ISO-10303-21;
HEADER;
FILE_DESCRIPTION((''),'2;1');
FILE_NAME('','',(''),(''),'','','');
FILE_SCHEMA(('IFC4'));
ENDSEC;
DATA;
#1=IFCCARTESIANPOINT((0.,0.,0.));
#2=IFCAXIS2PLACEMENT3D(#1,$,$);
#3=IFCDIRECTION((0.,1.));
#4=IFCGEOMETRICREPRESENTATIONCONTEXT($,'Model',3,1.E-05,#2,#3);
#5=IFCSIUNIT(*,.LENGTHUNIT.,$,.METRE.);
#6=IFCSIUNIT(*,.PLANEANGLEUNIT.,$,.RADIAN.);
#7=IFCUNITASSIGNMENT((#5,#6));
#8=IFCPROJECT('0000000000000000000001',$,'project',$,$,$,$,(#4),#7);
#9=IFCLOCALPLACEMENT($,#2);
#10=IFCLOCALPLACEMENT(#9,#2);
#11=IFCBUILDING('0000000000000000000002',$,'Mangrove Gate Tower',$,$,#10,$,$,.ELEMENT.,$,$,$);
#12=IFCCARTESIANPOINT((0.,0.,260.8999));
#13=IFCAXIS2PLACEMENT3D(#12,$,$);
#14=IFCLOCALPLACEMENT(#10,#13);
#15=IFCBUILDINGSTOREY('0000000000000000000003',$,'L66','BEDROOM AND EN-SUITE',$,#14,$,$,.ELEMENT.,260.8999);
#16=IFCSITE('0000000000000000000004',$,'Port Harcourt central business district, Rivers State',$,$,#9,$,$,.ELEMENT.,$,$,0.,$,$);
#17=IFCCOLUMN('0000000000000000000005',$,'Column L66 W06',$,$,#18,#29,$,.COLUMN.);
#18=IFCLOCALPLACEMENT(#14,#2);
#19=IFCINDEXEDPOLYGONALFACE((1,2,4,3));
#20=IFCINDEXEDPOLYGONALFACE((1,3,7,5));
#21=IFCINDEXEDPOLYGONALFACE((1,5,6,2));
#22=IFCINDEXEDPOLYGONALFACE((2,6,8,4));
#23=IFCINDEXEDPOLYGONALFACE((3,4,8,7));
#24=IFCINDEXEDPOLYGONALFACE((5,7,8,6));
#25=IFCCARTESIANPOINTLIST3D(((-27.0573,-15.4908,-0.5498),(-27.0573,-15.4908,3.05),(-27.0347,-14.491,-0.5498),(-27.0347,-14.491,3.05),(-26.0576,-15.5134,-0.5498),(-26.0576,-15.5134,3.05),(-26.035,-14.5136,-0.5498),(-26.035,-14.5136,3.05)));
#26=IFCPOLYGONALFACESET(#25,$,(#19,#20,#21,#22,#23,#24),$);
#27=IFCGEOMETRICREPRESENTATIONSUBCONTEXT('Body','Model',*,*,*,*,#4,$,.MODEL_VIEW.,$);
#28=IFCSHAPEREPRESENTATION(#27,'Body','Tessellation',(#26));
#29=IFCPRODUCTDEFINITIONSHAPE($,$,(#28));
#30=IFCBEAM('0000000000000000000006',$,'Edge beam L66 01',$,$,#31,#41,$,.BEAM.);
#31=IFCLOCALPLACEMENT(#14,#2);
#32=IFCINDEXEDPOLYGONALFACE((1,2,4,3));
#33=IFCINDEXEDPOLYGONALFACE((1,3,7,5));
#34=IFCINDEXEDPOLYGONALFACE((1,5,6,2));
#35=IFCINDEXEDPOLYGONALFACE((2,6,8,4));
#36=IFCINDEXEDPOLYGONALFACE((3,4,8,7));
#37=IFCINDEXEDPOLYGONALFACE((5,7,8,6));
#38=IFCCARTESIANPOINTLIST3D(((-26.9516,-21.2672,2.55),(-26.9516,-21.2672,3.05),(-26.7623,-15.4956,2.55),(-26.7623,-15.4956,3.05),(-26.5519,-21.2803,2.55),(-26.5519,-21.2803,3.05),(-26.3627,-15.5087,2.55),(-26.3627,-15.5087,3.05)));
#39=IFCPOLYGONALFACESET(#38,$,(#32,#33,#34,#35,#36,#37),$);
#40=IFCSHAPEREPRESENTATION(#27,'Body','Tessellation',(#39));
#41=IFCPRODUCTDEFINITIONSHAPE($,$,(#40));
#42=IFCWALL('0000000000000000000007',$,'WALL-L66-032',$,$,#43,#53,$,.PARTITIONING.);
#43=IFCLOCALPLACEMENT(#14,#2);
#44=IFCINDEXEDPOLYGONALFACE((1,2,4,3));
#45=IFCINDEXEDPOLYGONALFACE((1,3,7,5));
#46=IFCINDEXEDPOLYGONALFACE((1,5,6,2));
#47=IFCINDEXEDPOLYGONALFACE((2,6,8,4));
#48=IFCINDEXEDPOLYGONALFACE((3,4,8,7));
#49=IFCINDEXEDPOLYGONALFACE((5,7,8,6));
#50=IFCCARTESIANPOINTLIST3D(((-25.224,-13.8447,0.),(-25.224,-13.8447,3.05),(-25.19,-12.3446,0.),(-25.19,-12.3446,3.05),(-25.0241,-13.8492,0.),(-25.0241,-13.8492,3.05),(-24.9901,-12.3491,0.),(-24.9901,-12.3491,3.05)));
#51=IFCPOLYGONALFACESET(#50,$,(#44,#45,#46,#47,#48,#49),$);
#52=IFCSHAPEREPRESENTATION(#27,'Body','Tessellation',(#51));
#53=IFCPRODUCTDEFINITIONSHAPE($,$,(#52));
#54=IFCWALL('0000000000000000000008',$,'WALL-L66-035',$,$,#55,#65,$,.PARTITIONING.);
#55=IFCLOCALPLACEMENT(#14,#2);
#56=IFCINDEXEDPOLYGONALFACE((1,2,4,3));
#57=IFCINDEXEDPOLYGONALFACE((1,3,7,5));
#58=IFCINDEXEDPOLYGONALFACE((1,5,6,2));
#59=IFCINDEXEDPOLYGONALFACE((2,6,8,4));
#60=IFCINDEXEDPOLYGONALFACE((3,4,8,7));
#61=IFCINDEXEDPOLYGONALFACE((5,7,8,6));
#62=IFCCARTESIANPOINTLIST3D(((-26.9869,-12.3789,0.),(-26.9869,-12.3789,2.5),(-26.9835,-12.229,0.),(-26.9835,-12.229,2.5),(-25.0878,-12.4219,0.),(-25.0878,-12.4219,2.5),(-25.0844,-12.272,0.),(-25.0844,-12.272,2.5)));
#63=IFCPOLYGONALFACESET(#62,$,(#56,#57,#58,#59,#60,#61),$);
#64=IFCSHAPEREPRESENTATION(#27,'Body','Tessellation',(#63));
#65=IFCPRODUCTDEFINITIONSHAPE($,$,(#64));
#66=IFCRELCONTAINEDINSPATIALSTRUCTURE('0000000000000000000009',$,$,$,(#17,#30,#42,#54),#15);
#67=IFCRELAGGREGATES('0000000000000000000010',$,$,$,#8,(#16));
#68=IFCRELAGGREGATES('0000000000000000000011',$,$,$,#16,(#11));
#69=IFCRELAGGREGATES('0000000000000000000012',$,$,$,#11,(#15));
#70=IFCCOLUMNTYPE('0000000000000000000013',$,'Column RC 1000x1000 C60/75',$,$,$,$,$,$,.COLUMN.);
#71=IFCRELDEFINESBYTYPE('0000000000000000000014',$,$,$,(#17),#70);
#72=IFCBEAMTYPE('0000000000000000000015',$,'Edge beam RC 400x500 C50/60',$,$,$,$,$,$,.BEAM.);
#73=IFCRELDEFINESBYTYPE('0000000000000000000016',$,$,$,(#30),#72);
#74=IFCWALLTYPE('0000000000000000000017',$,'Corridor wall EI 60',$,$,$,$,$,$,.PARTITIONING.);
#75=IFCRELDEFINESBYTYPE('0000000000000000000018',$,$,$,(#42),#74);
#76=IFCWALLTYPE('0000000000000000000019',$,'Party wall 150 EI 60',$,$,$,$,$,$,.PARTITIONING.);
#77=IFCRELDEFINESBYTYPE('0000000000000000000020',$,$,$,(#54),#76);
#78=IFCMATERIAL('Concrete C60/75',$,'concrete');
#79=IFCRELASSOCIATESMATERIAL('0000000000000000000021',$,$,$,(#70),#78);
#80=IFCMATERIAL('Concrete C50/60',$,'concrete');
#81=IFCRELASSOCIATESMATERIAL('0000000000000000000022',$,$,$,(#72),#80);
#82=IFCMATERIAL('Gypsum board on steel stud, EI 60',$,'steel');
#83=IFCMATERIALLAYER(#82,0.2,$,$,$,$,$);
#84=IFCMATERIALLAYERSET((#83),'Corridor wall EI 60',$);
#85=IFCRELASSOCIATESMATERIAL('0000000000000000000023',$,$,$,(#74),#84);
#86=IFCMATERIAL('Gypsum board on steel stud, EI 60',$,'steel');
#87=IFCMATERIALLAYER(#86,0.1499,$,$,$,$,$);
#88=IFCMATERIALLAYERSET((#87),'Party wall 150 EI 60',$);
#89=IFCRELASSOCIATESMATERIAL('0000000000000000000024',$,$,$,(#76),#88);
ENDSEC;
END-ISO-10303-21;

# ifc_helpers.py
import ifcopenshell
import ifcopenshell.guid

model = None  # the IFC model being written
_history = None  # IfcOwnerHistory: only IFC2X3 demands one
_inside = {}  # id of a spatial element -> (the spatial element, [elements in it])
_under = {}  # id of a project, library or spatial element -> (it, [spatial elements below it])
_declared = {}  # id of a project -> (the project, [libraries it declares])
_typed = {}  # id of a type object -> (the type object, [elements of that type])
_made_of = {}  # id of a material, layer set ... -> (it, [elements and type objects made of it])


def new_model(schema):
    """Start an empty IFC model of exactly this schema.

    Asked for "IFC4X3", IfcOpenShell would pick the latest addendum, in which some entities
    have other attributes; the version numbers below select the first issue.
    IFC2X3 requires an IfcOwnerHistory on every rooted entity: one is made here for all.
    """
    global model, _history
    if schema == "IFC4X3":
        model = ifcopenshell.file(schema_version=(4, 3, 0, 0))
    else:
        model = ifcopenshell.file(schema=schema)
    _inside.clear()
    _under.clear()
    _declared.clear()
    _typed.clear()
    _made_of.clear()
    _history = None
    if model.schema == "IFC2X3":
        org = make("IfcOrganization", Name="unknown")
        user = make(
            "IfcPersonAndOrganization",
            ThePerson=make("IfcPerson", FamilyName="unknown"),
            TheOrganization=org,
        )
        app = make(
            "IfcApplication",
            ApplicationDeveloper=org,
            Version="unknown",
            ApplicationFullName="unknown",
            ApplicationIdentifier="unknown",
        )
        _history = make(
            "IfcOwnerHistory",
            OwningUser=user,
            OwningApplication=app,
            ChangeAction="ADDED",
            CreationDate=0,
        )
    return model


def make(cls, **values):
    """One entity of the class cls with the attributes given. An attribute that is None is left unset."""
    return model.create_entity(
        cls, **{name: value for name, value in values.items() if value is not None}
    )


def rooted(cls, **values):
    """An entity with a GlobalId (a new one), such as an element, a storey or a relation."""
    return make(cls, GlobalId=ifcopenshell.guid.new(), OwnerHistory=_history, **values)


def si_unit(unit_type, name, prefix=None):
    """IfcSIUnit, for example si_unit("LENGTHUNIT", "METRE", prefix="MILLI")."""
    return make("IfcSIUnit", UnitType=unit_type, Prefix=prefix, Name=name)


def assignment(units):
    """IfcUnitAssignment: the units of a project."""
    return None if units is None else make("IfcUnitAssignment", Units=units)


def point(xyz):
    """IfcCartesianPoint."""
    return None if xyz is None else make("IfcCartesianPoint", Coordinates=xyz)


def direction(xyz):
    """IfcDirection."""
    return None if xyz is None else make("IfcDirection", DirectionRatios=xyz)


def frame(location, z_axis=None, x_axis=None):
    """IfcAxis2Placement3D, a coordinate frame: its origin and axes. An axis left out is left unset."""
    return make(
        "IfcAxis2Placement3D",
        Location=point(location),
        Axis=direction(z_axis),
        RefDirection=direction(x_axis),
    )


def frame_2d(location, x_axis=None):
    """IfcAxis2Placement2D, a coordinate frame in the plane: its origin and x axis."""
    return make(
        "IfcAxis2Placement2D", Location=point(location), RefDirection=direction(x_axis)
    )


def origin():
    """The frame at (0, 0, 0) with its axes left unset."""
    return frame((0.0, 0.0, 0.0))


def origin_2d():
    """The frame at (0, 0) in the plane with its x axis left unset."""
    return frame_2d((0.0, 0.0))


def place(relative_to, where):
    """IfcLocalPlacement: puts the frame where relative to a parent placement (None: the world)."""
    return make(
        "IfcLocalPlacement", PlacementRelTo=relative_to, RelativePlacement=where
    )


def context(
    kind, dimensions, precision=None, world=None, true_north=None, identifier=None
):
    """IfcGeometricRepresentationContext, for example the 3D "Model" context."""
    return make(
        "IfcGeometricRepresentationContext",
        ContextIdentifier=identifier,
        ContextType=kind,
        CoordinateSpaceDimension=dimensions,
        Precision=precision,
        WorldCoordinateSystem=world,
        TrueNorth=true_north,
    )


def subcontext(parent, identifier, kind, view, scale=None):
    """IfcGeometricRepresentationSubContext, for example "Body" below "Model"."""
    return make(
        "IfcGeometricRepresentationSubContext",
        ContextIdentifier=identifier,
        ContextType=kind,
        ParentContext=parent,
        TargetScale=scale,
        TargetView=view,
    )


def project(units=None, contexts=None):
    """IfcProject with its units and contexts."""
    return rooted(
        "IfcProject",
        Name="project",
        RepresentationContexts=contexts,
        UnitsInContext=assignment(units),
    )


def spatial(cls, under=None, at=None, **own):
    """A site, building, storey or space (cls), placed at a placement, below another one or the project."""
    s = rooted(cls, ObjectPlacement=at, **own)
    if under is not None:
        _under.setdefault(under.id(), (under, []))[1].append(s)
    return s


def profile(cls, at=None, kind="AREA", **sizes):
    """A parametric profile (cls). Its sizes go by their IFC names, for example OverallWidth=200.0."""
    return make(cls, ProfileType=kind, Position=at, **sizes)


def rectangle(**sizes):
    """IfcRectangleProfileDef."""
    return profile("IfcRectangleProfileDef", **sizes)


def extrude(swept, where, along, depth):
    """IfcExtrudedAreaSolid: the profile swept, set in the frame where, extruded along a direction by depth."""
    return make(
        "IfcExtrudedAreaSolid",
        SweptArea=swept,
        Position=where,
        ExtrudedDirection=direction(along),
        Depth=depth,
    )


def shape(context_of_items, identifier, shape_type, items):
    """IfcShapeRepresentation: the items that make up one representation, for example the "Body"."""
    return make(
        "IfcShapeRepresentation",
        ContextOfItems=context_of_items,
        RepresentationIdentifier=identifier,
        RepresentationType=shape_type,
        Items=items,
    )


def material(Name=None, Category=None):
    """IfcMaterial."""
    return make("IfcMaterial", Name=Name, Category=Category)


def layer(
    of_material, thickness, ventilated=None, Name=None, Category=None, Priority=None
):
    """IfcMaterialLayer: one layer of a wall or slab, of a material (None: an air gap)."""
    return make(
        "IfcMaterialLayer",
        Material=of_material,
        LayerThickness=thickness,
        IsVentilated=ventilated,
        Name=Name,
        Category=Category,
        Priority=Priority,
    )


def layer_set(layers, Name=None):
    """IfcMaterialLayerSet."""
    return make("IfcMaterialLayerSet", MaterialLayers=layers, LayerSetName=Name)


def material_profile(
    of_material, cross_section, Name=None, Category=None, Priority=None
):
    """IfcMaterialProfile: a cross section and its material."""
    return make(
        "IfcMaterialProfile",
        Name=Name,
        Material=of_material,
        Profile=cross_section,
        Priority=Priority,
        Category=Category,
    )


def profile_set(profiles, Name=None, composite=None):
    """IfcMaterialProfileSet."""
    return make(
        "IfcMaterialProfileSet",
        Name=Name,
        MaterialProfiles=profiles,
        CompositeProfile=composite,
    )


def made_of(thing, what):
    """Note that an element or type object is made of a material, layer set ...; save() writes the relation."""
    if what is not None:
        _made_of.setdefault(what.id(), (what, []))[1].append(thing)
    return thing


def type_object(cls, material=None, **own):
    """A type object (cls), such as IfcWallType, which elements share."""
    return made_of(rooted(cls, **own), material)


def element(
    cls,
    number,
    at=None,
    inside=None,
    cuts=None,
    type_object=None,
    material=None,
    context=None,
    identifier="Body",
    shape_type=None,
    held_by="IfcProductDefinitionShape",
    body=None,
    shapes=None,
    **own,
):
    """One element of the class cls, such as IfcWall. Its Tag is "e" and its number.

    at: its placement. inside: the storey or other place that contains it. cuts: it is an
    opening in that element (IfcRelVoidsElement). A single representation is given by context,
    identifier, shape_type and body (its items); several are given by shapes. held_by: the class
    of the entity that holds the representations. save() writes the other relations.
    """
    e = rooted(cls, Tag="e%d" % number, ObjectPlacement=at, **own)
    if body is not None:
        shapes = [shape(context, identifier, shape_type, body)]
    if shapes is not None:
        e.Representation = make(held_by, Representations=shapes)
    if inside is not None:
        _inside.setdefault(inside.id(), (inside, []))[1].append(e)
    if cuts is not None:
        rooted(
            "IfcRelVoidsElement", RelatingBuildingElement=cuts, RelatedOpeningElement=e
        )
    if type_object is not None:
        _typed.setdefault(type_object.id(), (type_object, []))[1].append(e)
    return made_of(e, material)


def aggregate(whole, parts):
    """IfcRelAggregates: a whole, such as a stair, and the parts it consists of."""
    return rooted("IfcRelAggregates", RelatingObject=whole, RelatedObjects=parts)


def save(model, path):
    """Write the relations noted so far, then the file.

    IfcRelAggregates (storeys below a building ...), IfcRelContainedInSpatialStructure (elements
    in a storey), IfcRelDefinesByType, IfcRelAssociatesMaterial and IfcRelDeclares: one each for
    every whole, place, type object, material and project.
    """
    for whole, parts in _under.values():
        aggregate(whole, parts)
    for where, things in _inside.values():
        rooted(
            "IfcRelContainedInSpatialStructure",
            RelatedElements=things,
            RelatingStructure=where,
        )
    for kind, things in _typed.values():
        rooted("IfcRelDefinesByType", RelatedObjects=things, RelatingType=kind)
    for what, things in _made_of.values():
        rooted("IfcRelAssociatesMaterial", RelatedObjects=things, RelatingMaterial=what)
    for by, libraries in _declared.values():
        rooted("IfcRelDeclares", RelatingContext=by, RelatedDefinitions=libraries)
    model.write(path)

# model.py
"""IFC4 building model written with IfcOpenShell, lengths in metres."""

from ifc_helpers import new_model, si_unit, direction, frame, frame_2d, origin, origin_2d, place, context, subcontext, project, spatial, rectangle, extrude, material, layer, layer_set, material_profile, profile_set, type_object, element, save


model = new_model("IFC4")

# Units and contexts
model_context = context("Model", 3, precision=1e-05, world=origin(), true_north=direction((0.0, 1.0)))
body_context = subcontext(model_context, "Body", "Model", "MODEL_VIEW")
ifc_project = project(units=[si_unit("LENGTHUNIT", "METRE"), si_unit("PLANEANGLEUNIT", "RADIAN")], contexts=[model_context])

# Site, building, storey
site_placement = place(None, origin())
site = spatial("IfcSite", under=ifc_project, at=site_placement, Name="Port Harcourt central business district, Rivers State", CompositionType="ELEMENT", RefElevation=0.0)
building_placement = place(site_placement, origin())
building = spatial("IfcBuilding", under=site, at=building_placement, Name="Mangrove Gate Tower", CompositionType="ELEMENT")
storey_placement = place(building_placement, frame((0.0, 0.0, 260.8999)))
storey = spatial("IfcBuildingStorey", under=building, at=storey_placement, Name="L66", Description="BEDROOM AND EN-SUITE", CompositionType="ELEMENT", Elevation=260.8999)

# Column
ifc_material_1 = material(Name="Concrete C60/75", Category="concrete")
ifc_material_profile_1 = material_profile(ifc_material_1, rectangle(XDim=1.0, YDim=1.0, at=origin_2d()))
ifc_profile_set_1 = profile_set([ifc_material_profile_1], Name="Concrete C60/75")
column_type = type_object("IfcColumnType", Name="Column RC 1000x1000 C60/75", PredefinedType="COLUMN", material=ifc_profile_set_1)
column_placement = place(storey_placement, frame((-26.5461, -15.0022, -0.5498), z_axis=(0.0, 0.0, 1.0), x_axis=(-0.022637, -0.999744, 0.0)))
element("IfcColumn", 1, at=column_placement, inside=storey, type_object=column_type, Name="Column L66 W06", PredefinedType="COLUMN", context=body_context, shape_type="SweptSolid", body=[
    extrude(rectangle(XDim=1.0, YDim=1.0, at=origin_2d()), origin(), (0.0, 0.0, 1.0), 3.5999),
])

# Beam
ifc_material_2 = material(Name="Concrete C50/60", Category="concrete")
ifc_material_profile_2 = material_profile(ifc_material_2, rectangle(XDim=0.3999, YDim=0.5, at=origin_2d()))
ifc_profile_set_2 = profile_set([ifc_material_profile_2], Name="Concrete C50/60")
beam_type = type_object("IfcBeamType", Name="Edge beam RC 400x500 C50/60", PredefinedType="BEAM", material=ifc_profile_set_2)
beam_placement = place(storey_placement, frame((-26.5625, -15.5022, 2.8), z_axis=(-0.032766, -0.999463, 0.0), x_axis=(0.999463, -0.032766, 0.0)))
element("IfcBeam", 2, at=beam_placement, inside=storey, type_object=beam_type, Name="Edge beam L66 01", PredefinedType="BEAM", context=body_context, shape_type="SweptSolid", body=[
    extrude(rectangle(XDim=0.3999, YDim=0.5, at=origin_2d()), origin(), (0.0, 0.0, 1.0), 5.7747),
])

# Walls
ifc_material_3 = material(Name="Gypsum board on steel stud, EI 60", Category="steel")
ifc_layer_1 = layer(ifc_material_3, 0.2)
ifc_layer_set_1 = layer_set([ifc_layer_1], Name="Corridor wall EI 60")
wall_type_1 = type_object("IfcWallType", Name="Corridor wall EI 60", PredefinedType="PARTITIONING", material=ifc_layer_set_1)
wall_1_placement = place(storey_placement, frame((-25.124, -13.8469, 0.0), z_axis=(0.0, 0.0, 1.0), x_axis=(0.022618, 0.999744, 0.0)))
element("IfcWall", 3, at=wall_1_placement, inside=storey, type_object=wall_type_1, Name="WALL-L66-032", PredefinedType="PARTITIONING", context=body_context, shape_type="SweptSolid", body=[
    extrude(rectangle(XDim=1.5005, YDim=0.2, at=frame_2d((0.7502, 0.0))), origin(), (0.0, 0.0, 1.0), 3.05),
])
ifc_material_4 = material(Name="Gypsum board on steel stud, EI 60", Category="steel")
ifc_layer_2 = layer(ifc_material_4, 0.1499)
ifc_layer_set_2 = layer_set([ifc_layer_2], Name="Party wall 150 EI 60")
wall_type_2 = type_object("IfcWallType", Name="Party wall 150 EI 60", PredefinedType="PARTITIONING", material=ifc_layer_set_2)
wall_2_placement = place(storey_placement, frame((-26.9851, -12.304, 0.0), z_axis=(0.0, 0.0, 1.0), x_axis=(0.999744, -0.022619, 0.0)))
element("IfcWall", 4, at=wall_2_placement, inside=storey, type_object=wall_type_2, Name="WALL-L66-035", PredefinedType="PARTITIONING", context=body_context, shape_type="SweptSolid", body=[
    extrude(rectangle(XDim=1.8997, YDim=0.1499, at=frame_2d((0.9497, 0.0))), origin(), (0.0, 0.0, 1.0), 2.5),
])

save(model, "model.ifc")
